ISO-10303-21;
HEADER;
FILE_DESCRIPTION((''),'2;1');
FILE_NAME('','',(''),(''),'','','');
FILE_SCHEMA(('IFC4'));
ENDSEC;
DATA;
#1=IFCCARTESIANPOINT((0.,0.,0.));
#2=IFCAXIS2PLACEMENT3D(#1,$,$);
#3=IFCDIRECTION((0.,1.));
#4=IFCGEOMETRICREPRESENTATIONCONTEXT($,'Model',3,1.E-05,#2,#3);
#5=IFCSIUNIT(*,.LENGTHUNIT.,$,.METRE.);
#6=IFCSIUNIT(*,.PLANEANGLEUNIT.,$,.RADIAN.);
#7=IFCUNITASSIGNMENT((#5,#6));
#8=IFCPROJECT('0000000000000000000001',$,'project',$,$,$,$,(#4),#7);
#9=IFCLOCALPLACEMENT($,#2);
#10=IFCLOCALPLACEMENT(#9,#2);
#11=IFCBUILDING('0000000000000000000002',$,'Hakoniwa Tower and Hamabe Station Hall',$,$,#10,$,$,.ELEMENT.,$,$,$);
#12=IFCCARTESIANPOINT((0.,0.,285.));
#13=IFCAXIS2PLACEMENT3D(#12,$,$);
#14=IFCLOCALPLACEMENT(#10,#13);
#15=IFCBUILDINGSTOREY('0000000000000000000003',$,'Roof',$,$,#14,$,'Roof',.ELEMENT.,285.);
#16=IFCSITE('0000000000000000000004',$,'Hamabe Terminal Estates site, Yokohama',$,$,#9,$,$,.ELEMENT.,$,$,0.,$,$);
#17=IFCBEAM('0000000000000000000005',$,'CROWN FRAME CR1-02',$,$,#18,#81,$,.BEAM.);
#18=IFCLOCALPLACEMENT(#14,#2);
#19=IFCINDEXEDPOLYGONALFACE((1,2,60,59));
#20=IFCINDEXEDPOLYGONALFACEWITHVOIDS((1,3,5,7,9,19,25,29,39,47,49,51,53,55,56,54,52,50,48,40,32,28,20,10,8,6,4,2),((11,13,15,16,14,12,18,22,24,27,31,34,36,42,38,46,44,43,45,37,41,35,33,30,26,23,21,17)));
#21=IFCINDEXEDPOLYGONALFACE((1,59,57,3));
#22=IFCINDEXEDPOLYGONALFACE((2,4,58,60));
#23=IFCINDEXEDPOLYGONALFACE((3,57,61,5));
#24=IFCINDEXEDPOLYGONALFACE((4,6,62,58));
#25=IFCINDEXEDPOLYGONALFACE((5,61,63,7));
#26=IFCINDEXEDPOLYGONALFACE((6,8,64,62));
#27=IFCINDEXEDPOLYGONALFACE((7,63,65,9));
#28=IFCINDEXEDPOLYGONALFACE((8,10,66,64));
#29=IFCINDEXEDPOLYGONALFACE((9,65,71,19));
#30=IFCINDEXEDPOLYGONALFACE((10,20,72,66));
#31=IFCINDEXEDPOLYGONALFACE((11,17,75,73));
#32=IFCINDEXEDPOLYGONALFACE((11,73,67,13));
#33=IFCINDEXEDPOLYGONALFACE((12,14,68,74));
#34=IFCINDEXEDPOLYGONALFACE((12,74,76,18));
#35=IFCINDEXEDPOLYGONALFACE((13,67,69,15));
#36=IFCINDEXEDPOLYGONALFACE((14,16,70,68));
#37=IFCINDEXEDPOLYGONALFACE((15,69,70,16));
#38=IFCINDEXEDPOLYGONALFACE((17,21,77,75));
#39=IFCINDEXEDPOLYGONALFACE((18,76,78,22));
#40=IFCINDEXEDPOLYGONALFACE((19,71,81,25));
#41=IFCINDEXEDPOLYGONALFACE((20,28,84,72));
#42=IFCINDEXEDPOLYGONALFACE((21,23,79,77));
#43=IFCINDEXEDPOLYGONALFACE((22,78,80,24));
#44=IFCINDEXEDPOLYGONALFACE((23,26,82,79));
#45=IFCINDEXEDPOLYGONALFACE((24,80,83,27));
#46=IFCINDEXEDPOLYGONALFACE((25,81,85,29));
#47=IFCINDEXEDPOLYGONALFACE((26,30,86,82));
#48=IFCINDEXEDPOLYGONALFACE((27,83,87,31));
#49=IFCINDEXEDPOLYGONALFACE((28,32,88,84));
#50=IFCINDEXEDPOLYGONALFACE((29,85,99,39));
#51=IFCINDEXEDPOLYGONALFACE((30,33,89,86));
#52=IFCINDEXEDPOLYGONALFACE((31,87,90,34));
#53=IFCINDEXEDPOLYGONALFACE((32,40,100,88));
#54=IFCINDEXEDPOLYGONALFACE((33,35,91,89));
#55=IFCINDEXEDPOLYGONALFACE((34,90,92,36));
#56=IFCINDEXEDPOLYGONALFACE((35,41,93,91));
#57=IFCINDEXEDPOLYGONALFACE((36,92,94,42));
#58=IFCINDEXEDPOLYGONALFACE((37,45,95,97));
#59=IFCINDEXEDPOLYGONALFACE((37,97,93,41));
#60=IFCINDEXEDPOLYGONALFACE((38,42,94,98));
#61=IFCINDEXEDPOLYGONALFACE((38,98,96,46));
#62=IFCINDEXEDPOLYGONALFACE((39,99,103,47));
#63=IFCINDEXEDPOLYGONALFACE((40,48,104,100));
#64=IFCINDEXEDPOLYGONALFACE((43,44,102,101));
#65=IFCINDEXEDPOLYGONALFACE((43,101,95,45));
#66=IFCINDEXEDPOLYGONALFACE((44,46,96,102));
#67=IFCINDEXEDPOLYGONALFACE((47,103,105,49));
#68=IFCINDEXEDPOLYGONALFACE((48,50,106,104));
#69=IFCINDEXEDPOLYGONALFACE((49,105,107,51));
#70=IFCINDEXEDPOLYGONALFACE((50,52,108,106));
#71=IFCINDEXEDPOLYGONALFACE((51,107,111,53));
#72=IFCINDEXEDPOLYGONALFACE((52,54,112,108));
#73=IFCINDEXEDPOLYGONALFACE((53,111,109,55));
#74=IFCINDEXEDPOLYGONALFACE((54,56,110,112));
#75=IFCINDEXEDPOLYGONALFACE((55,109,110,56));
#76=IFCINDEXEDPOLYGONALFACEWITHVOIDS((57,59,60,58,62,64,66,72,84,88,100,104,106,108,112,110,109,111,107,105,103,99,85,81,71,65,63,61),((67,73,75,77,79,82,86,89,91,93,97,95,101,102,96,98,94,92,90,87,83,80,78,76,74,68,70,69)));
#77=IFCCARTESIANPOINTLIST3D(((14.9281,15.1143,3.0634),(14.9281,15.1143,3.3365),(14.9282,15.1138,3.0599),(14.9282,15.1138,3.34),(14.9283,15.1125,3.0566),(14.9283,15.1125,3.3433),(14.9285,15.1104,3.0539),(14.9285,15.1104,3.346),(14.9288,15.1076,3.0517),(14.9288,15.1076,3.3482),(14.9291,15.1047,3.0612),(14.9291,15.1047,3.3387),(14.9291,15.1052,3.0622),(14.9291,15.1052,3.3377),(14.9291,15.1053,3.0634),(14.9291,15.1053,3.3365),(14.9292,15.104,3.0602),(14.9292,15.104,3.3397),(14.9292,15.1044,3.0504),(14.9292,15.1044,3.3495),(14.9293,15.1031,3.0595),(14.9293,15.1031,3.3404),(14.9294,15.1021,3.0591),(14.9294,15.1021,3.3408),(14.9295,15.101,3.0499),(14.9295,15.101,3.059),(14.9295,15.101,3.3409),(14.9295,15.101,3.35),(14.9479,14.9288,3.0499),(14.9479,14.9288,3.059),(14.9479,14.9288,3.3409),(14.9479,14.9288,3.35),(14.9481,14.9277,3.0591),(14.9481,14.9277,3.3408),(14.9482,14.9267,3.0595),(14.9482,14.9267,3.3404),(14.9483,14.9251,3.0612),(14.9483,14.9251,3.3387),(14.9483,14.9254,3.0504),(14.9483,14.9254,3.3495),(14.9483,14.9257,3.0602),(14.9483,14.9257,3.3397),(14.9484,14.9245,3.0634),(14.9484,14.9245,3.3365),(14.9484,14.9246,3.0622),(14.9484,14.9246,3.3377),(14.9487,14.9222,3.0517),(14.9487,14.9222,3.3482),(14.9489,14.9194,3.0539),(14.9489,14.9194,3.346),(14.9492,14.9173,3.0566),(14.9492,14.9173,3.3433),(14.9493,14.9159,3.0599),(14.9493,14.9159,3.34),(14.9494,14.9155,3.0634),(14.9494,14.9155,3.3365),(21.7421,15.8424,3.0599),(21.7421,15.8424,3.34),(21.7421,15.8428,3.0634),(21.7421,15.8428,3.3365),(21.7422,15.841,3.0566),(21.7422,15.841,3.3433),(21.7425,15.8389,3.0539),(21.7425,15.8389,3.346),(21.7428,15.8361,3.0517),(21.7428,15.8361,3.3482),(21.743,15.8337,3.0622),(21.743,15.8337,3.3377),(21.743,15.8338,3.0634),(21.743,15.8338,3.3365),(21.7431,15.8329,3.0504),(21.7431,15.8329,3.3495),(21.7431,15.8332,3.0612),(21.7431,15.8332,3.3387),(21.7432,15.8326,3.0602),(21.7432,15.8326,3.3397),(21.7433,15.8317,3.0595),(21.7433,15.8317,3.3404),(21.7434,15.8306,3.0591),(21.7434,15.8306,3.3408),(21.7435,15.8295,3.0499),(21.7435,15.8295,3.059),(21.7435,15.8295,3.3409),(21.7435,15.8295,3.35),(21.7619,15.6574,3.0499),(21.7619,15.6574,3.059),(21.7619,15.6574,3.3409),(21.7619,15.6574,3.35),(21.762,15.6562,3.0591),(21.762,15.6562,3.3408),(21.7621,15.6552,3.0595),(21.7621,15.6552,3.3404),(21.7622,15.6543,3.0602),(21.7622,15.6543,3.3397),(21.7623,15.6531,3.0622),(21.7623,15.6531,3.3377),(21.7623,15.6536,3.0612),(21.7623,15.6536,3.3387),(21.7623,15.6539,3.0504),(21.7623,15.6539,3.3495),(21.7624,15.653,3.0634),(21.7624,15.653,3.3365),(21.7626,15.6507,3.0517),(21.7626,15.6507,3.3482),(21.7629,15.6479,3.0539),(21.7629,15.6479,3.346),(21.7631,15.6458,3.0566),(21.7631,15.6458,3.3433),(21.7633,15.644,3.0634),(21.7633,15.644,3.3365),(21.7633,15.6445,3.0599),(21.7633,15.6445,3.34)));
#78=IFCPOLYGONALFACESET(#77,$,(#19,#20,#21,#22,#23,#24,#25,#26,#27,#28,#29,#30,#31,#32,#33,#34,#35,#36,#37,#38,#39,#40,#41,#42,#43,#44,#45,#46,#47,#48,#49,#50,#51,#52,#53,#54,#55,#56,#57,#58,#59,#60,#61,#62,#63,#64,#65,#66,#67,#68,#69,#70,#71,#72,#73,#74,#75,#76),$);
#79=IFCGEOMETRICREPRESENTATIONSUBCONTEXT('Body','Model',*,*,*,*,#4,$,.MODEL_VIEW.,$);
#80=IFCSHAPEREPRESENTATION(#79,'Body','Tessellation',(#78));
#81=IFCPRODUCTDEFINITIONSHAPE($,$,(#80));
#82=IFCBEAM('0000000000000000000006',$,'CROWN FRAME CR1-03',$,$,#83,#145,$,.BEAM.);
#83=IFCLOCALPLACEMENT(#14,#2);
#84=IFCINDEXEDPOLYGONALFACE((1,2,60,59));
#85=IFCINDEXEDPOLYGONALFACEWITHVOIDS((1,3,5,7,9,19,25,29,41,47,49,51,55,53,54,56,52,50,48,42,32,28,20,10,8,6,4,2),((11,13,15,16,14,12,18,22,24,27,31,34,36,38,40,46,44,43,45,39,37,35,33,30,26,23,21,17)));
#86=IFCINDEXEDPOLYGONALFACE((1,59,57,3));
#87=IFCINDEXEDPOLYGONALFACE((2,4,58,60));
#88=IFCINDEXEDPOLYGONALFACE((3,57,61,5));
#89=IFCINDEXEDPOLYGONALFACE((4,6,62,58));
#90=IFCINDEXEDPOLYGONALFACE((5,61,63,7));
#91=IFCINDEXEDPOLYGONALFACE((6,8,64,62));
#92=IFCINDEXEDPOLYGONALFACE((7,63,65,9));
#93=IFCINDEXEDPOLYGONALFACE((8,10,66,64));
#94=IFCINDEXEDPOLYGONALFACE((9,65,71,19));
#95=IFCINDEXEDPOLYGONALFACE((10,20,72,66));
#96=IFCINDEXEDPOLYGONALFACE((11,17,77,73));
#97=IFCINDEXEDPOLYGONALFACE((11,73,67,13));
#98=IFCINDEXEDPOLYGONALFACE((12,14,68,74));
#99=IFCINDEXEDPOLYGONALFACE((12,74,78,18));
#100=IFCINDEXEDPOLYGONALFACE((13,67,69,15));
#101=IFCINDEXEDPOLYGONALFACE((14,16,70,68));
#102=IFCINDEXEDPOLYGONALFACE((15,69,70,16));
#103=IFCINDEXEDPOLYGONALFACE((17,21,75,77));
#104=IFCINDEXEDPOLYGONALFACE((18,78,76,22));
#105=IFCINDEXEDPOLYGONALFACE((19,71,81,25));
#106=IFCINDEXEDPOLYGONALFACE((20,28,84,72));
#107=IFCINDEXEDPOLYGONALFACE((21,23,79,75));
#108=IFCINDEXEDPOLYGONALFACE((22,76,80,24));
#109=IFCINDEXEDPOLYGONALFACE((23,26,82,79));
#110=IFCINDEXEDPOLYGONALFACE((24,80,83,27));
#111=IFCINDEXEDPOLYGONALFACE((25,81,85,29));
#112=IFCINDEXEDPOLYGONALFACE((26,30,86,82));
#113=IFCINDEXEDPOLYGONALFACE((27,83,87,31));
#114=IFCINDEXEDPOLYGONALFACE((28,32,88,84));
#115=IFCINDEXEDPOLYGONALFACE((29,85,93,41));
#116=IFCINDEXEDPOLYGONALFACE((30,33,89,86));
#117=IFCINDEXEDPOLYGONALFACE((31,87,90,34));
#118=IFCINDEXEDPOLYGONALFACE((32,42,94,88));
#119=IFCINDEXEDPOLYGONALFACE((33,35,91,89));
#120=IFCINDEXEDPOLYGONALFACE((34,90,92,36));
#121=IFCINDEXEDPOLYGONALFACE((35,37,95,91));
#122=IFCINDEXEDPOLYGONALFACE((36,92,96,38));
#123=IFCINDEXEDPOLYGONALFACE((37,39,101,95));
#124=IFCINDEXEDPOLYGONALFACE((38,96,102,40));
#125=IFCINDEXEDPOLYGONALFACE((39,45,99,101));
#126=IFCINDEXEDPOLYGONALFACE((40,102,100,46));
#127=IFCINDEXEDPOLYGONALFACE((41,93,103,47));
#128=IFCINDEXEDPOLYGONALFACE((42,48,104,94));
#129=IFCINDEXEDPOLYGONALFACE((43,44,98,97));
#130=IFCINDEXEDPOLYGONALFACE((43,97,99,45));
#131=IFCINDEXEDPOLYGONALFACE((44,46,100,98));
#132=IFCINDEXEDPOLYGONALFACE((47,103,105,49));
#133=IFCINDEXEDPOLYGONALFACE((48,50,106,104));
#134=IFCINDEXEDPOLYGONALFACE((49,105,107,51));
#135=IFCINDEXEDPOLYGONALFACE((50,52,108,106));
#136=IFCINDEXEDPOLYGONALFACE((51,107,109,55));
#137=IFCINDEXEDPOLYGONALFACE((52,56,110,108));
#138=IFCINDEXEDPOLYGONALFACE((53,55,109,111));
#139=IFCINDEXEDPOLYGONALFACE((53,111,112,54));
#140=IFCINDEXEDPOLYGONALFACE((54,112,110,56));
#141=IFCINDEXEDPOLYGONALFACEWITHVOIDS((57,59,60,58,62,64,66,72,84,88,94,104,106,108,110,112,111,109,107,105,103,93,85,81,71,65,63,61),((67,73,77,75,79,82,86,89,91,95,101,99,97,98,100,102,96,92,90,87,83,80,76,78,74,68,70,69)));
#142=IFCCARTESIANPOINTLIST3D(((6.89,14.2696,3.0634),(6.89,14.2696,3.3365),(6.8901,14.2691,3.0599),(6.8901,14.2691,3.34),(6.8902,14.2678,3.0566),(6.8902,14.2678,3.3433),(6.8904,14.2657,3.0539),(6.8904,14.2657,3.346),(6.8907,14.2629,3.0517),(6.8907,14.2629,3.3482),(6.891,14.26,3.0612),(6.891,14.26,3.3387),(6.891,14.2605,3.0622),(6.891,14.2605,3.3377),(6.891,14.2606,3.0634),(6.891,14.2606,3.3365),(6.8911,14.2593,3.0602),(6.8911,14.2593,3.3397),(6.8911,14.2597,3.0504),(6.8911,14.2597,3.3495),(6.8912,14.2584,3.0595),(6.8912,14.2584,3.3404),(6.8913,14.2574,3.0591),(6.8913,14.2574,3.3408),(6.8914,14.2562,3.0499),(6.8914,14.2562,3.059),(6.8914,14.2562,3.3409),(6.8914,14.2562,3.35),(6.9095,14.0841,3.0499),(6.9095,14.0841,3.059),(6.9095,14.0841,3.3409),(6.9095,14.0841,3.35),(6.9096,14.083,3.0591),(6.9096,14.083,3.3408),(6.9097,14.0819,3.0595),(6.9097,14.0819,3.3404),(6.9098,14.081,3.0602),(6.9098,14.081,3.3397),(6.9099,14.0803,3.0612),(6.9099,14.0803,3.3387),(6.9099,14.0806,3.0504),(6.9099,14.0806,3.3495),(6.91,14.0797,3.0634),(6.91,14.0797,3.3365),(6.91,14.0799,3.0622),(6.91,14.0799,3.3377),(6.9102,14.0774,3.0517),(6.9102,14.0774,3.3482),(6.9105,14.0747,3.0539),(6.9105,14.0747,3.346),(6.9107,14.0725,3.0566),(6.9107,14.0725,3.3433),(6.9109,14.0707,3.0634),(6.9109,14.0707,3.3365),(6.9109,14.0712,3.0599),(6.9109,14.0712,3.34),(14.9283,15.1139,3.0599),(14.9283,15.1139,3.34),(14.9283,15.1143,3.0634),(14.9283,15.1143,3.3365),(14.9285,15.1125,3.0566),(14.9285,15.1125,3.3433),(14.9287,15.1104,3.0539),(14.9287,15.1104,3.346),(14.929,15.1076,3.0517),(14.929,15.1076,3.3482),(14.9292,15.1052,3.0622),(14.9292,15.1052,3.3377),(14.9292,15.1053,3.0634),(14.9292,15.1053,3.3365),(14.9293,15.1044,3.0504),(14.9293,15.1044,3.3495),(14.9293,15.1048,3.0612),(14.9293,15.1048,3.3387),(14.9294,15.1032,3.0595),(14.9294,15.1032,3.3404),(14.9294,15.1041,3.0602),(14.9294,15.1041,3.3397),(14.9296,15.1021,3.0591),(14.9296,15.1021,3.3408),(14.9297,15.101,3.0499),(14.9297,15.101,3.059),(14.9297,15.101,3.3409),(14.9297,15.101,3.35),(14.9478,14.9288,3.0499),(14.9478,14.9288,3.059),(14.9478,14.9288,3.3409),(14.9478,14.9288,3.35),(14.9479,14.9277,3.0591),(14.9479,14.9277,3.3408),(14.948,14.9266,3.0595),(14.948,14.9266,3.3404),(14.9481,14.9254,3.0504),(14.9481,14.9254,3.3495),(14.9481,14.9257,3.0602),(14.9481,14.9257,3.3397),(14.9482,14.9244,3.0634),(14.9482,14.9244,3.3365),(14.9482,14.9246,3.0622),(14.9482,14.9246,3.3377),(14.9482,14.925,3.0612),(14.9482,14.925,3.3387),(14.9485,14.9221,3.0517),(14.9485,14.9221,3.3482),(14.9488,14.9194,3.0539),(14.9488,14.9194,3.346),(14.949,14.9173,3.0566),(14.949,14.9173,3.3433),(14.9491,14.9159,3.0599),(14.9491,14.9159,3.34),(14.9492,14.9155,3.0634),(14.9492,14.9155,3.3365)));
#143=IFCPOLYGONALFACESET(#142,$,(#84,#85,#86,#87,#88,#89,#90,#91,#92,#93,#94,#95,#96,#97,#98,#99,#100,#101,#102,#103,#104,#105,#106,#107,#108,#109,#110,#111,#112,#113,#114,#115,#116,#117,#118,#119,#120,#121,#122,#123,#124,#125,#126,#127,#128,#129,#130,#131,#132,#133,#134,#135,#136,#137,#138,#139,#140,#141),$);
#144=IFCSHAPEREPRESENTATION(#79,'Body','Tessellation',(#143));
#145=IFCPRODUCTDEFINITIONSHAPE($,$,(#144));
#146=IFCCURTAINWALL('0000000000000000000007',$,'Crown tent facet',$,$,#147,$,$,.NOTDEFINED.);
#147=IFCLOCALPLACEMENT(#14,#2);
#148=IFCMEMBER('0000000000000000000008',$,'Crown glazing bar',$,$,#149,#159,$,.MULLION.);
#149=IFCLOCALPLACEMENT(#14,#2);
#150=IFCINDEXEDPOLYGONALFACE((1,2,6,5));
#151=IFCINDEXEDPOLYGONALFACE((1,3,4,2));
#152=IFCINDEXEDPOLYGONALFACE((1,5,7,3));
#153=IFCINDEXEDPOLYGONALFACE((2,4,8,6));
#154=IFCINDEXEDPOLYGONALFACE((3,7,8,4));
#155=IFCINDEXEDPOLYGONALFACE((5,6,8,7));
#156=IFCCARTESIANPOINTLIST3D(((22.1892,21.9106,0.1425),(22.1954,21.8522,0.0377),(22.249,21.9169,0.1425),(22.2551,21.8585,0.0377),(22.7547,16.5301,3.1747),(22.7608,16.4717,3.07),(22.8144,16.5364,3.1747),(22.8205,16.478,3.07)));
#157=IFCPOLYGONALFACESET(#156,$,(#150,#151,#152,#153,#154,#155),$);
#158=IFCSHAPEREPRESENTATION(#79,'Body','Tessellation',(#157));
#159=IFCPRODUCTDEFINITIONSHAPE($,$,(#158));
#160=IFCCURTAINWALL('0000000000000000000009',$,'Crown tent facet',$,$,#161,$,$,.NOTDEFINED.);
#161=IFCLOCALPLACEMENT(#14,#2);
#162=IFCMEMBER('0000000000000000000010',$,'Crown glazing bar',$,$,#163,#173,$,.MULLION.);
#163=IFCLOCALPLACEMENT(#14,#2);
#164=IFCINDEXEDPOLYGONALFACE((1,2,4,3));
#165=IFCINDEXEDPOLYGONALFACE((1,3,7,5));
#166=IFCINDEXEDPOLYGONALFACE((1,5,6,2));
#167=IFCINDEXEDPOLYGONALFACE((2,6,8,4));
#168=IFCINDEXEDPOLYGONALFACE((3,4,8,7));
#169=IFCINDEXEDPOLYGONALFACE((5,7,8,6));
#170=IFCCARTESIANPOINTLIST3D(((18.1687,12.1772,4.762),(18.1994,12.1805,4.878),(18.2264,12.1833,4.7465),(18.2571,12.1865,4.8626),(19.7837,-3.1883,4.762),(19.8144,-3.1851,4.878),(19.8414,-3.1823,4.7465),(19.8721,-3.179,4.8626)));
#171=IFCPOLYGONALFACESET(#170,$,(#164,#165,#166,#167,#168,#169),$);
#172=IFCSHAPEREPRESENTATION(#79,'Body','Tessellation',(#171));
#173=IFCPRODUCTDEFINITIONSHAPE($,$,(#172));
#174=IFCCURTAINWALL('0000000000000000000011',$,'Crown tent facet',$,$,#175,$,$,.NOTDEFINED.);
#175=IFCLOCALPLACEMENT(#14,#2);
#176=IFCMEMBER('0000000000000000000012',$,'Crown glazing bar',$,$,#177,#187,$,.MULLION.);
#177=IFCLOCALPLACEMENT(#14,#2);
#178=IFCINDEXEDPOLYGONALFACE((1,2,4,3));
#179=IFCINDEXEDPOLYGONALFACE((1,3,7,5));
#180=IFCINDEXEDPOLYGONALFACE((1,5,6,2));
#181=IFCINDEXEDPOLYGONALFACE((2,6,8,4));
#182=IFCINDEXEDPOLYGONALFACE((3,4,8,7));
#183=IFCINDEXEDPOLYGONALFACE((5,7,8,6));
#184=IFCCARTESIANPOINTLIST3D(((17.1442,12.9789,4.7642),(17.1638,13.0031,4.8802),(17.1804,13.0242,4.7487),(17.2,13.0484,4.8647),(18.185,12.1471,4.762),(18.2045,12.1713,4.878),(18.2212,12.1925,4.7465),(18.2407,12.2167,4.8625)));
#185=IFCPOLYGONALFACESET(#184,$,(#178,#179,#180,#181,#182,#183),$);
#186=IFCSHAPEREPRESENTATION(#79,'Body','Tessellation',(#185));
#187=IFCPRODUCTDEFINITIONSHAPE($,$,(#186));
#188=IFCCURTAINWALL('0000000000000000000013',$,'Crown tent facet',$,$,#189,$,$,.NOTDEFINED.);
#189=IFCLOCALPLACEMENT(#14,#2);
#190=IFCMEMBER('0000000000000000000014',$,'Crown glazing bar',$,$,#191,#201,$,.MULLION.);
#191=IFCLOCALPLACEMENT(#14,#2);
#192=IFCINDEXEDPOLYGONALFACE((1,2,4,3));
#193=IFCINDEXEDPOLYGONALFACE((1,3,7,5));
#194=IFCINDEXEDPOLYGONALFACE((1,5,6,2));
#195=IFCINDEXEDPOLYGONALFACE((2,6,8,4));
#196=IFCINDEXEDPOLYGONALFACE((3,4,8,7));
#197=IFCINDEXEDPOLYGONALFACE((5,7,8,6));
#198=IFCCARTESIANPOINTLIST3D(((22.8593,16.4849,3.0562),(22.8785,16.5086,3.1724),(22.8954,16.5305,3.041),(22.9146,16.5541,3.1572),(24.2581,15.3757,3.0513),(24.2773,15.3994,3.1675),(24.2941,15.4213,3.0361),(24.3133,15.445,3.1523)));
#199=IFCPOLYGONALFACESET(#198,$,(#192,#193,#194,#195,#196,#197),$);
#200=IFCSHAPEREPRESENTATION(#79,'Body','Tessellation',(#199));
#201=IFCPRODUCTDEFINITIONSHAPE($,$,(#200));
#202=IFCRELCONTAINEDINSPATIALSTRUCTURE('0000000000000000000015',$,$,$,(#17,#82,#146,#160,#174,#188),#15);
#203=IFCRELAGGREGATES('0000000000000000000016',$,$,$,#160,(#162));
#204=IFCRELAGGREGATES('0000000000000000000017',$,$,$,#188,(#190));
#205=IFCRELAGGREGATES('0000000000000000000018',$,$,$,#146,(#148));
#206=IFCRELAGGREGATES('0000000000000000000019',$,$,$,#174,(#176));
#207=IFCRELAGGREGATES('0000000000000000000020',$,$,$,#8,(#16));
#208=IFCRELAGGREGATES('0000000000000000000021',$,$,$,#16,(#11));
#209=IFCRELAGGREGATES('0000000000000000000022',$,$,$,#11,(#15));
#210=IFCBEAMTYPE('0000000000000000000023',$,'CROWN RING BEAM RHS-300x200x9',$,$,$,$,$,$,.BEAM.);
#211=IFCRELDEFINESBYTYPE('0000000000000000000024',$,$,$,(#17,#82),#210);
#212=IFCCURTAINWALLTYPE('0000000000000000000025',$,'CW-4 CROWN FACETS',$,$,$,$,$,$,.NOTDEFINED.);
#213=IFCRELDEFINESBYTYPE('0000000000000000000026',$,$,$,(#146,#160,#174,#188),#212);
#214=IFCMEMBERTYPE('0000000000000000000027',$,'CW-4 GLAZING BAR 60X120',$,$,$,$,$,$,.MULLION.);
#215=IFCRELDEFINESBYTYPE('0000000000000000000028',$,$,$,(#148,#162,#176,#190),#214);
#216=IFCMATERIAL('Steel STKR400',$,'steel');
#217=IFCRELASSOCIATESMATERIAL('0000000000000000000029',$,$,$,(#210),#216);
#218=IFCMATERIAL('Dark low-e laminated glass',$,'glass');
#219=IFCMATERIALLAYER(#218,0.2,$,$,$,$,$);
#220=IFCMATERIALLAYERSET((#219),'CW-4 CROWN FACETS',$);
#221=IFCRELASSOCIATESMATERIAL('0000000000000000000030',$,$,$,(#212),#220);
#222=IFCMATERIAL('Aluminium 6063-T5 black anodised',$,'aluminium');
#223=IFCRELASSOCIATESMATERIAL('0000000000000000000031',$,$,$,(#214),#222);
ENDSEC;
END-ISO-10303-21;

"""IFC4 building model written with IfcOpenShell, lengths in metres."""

from ifc_helpers import new_model, si_unit, direction, frame, origin, origin_2d, place, context, subcontext, project, spatial, rectangle, hollow_rectangle, extrude, material, layer, layer_set, material_profile, profile_set, type_object, element, aggregate, save


model = new_model("IFC4")

# Units and contexts
model_context = context("Model", 3, precision=1e-05, world=origin(), true_north=direction((0.0, 1.0)))
body_context = subcontext(model_context, "Body", "Model", "MODEL_VIEW")
ifc_project = project(units=[si_unit("LENGTHUNIT", "METRE"), si_unit("PLANEANGLEUNIT", "RADIAN")], contexts=[model_context])

# Site, building, storey
site_placement = place(None, origin())
site = spatial("IfcSite", under=ifc_project, at=site_placement, Name="Hamabe Terminal Estates site, Yokohama", CompositionType="ELEMENT", RefElevation=0.0)
building_placement = place(site_placement, origin())
building = spatial("IfcBuilding", under=site, at=building_placement, Name="Hakoniwa Tower and Hamabe Station Hall", CompositionType="ELEMENT")
storey_placement = place(building_placement, frame((0.0, 0.0, 285.0)))
storey = spatial("IfcBuildingStorey", under=building, at=storey_placement, Name="Roof", LongName="Roof", CompositionType="ELEMENT", Elevation=285.0)

# Beams
ifc_material_1 = material(Name="Steel STKR400", Category="steel")
ifc_material_profile_1 = material_profile(ifc_material_1, hollow_rectangle(XDim=0.2, YDim=0.3, WallThickness=0.009, InnerFilletRadius=0.0044, OuterFilletRadius=0.0134, at=origin_2d()), Name="RHS-300x200x9")
ifc_profile_set_1 = profile_set([ifc_material_profile_1], Name="Steel STKR400")
beam_type = type_object("IfcBeamType", Name="CROWN RING BEAM RHS-300x200x9", PredefinedType="BEAM", material=ifc_profile_set_1)
beam_1_placement = place(storey_placement, frame((21.7527, 15.7434, 3.2), z_axis=(-0.994333, -0.106309, 0.0), x_axis=(0.106309, -0.994333, 0.0)))
element("IfcBeam", 1, at=beam_1_placement, inside=storey, type_object=beam_type, Name="CROWN FRAME CR1-02", PredefinedType="BEAM", context=body_context, shape_type="SweptSolid", body=[
    extrude(hollow_rectangle(XDim=0.2, YDim=0.3, WallThickness=0.009, InnerFilletRadius=0.0044, OuterFilletRadius=0.0134, at=origin_2d()), origin(), (0.0, 0.0, 1.0), 6.8528),
])
beam_2_placement = place(storey_placement, frame((14.9387, 15.0149, 3.2), z_axis=(-0.994524, -0.104512, 0.0), x_axis=(0.104512, -0.994524, 0.0)))
element("IfcBeam", 2, at=beam_2_placement, inside=storey, type_object=beam_type, Name="CROWN FRAME CR1-03", PredefinedType="BEAM", context=body_context, shape_type="SweptSolid", body=[
    extrude(hollow_rectangle(XDim=0.2, YDim=0.3, WallThickness=0.009, InnerFilletRadius=0.0044, OuterFilletRadius=0.0134, at=origin_2d()), origin(), (0.0, 0.0, 1.0), 8.0825),
])

# Curtain walls, members
ifc_material_2 = material(Name="Dark low-e laminated glass", Category="glass")
ifc_layer_1 = layer(ifc_material_2, 0.2)
ifc_layer_set_1 = layer_set([ifc_layer_1], Name="CW-4 CROWN FACETS")
curtain_wall_type = type_object("IfcCurtainWallType", Name="CW-4 CROWN FACETS", PredefinedType="NOTDEFINED", material=ifc_layer_set_1)
curtain_wall_1_placement = place(storey_placement, origin())
curtain_wall_1 = element("IfcCurtainWall", 3, at=curtain_wall_1_placement, inside=storey, type_object=curtain_wall_type, Name="Crown tent facet", PredefinedType="NOTDEFINED")
ifc_material_3 = material(Name="Aluminium 6063-T5 black anodised", Category="aluminium")
ifc_material_profile_2 = material_profile(ifc_material_3, rectangle(XDim=0.0601, YDim=0.1201, at=origin_2d()), Name="CW-4 GLAZING BAR 60X120")
ifc_profile_set_2 = profile_set([ifc_material_profile_2], Name="Aluminium 6063-T5 black anodised")
member_type_1 = type_object("IfcMemberType", Name="CW-4 GLAZING BAR 60X120", PredefinedType="MULLION", material=ifc_profile_set_2)
member_1_placement = place(storey_placement, frame((22.2222, 21.8845, 0.0901), z_axis=(0.091172, -0.867548, 0.488926), x_axis=(0.994523, 0.104516, 0.0)))
member_1 = element("IfcMember", 4, at=member_1_placement, type_object=member_type_1, Name="Crown glazing bar", PredefinedType="MULLION", context=body_context, shape_type="SweptSolid", body=[
    extrude(rectangle(XDim=0.0601, YDim=0.1201, at=origin_2d()), origin(), (0.0, 0.0, 1.0), 6.2019),
])
curtain_wall_2_placement = place(storey_placement, origin())
curtain_wall_2 = element("IfcCurtainWall", 5, at=curtain_wall_2_placement, inside=storey, type_object=curtain_wall_type, Name="Crown tent facet", PredefinedType="NOTDEFINED")
member_2_placement = place(storey_placement, frame((18.2129, 12.1819, 4.8123), z_axis=(0.104529, -0.994522, 0.0), x_axis=(0.961009, 0.101007, -0.257408)))
member_2 = element("IfcMember", 6, at=member_2_placement, type_object=member_type_1, Name="Crown glazing bar", PredefinedType="MULLION", context=body_context, shape_type="SweptSolid", body=[
    extrude(rectangle(XDim=0.0601, YDim=0.1201, at=origin_2d()), origin(), (0.0, 0.0, 1.0), 15.4502),
])
aggregate(curtain_wall_2, [member_2])
curtain_wall_3_placement = place(storey_placement, origin())
curtain_wall_3 = element("IfcCurtainWall", 7, at=curtain_wall_3_placement, inside=storey, type_object=curtain_wall_type, Name="Crown tent facet", PredefinedType="NOTDEFINED")
member_3_placement = place(storey_placement, frame((17.1721, 13.0137, 4.8145), z_axis=(0.781172, -0.624314, -0.001649), x_axis=(0.602651, 0.75475, -0.25916)))
member_3 = element("IfcMember", 8, at=member_3_placement, type_object=member_type_1, Name="Crown glazing bar", PredefinedType="MULLION", context=body_context, shape_type="SweptSolid", body=[
    extrude(rectangle(XDim=0.0601, YDim=0.1201, at=origin_2d()), origin(), (0.0, 0.0, 1.0), 1.3323),
])
curtain_wall_4_placement = place(storey_placement, origin())
curtain_wall_4 = element("IfcCurtainWall", 9, at=curtain_wall_4_placement, inside=storey, type_object=curtain_wall_type, Name="Crown tent facet", PredefinedType="NOTDEFINED")
member_4_placement = place(storey_placement, frame((22.887, 16.5195, 3.1067), z_axis=(0.783541, -0.621334, -0.002735), x_axis=(0.600457, 0.75833, -0.253745)))
member_4 = element("IfcMember", 10, at=member_4_placement, type_object=member_type_1, Name="Crown glazing bar", PredefinedType="MULLION", context=body_context, shape_type="SweptSolid", body=[
    extrude(rectangle(XDim=0.0601, YDim=0.1201, at=origin_2d()), origin(), (0.0, 0.0, 1.0), 1.7852),
])
aggregate(curtain_wall_4, [member_4])

aggregate(curtain_wall_1, [member_1])
aggregate(curtain_wall_3, [member_3])

save(model, "model.ifc")
